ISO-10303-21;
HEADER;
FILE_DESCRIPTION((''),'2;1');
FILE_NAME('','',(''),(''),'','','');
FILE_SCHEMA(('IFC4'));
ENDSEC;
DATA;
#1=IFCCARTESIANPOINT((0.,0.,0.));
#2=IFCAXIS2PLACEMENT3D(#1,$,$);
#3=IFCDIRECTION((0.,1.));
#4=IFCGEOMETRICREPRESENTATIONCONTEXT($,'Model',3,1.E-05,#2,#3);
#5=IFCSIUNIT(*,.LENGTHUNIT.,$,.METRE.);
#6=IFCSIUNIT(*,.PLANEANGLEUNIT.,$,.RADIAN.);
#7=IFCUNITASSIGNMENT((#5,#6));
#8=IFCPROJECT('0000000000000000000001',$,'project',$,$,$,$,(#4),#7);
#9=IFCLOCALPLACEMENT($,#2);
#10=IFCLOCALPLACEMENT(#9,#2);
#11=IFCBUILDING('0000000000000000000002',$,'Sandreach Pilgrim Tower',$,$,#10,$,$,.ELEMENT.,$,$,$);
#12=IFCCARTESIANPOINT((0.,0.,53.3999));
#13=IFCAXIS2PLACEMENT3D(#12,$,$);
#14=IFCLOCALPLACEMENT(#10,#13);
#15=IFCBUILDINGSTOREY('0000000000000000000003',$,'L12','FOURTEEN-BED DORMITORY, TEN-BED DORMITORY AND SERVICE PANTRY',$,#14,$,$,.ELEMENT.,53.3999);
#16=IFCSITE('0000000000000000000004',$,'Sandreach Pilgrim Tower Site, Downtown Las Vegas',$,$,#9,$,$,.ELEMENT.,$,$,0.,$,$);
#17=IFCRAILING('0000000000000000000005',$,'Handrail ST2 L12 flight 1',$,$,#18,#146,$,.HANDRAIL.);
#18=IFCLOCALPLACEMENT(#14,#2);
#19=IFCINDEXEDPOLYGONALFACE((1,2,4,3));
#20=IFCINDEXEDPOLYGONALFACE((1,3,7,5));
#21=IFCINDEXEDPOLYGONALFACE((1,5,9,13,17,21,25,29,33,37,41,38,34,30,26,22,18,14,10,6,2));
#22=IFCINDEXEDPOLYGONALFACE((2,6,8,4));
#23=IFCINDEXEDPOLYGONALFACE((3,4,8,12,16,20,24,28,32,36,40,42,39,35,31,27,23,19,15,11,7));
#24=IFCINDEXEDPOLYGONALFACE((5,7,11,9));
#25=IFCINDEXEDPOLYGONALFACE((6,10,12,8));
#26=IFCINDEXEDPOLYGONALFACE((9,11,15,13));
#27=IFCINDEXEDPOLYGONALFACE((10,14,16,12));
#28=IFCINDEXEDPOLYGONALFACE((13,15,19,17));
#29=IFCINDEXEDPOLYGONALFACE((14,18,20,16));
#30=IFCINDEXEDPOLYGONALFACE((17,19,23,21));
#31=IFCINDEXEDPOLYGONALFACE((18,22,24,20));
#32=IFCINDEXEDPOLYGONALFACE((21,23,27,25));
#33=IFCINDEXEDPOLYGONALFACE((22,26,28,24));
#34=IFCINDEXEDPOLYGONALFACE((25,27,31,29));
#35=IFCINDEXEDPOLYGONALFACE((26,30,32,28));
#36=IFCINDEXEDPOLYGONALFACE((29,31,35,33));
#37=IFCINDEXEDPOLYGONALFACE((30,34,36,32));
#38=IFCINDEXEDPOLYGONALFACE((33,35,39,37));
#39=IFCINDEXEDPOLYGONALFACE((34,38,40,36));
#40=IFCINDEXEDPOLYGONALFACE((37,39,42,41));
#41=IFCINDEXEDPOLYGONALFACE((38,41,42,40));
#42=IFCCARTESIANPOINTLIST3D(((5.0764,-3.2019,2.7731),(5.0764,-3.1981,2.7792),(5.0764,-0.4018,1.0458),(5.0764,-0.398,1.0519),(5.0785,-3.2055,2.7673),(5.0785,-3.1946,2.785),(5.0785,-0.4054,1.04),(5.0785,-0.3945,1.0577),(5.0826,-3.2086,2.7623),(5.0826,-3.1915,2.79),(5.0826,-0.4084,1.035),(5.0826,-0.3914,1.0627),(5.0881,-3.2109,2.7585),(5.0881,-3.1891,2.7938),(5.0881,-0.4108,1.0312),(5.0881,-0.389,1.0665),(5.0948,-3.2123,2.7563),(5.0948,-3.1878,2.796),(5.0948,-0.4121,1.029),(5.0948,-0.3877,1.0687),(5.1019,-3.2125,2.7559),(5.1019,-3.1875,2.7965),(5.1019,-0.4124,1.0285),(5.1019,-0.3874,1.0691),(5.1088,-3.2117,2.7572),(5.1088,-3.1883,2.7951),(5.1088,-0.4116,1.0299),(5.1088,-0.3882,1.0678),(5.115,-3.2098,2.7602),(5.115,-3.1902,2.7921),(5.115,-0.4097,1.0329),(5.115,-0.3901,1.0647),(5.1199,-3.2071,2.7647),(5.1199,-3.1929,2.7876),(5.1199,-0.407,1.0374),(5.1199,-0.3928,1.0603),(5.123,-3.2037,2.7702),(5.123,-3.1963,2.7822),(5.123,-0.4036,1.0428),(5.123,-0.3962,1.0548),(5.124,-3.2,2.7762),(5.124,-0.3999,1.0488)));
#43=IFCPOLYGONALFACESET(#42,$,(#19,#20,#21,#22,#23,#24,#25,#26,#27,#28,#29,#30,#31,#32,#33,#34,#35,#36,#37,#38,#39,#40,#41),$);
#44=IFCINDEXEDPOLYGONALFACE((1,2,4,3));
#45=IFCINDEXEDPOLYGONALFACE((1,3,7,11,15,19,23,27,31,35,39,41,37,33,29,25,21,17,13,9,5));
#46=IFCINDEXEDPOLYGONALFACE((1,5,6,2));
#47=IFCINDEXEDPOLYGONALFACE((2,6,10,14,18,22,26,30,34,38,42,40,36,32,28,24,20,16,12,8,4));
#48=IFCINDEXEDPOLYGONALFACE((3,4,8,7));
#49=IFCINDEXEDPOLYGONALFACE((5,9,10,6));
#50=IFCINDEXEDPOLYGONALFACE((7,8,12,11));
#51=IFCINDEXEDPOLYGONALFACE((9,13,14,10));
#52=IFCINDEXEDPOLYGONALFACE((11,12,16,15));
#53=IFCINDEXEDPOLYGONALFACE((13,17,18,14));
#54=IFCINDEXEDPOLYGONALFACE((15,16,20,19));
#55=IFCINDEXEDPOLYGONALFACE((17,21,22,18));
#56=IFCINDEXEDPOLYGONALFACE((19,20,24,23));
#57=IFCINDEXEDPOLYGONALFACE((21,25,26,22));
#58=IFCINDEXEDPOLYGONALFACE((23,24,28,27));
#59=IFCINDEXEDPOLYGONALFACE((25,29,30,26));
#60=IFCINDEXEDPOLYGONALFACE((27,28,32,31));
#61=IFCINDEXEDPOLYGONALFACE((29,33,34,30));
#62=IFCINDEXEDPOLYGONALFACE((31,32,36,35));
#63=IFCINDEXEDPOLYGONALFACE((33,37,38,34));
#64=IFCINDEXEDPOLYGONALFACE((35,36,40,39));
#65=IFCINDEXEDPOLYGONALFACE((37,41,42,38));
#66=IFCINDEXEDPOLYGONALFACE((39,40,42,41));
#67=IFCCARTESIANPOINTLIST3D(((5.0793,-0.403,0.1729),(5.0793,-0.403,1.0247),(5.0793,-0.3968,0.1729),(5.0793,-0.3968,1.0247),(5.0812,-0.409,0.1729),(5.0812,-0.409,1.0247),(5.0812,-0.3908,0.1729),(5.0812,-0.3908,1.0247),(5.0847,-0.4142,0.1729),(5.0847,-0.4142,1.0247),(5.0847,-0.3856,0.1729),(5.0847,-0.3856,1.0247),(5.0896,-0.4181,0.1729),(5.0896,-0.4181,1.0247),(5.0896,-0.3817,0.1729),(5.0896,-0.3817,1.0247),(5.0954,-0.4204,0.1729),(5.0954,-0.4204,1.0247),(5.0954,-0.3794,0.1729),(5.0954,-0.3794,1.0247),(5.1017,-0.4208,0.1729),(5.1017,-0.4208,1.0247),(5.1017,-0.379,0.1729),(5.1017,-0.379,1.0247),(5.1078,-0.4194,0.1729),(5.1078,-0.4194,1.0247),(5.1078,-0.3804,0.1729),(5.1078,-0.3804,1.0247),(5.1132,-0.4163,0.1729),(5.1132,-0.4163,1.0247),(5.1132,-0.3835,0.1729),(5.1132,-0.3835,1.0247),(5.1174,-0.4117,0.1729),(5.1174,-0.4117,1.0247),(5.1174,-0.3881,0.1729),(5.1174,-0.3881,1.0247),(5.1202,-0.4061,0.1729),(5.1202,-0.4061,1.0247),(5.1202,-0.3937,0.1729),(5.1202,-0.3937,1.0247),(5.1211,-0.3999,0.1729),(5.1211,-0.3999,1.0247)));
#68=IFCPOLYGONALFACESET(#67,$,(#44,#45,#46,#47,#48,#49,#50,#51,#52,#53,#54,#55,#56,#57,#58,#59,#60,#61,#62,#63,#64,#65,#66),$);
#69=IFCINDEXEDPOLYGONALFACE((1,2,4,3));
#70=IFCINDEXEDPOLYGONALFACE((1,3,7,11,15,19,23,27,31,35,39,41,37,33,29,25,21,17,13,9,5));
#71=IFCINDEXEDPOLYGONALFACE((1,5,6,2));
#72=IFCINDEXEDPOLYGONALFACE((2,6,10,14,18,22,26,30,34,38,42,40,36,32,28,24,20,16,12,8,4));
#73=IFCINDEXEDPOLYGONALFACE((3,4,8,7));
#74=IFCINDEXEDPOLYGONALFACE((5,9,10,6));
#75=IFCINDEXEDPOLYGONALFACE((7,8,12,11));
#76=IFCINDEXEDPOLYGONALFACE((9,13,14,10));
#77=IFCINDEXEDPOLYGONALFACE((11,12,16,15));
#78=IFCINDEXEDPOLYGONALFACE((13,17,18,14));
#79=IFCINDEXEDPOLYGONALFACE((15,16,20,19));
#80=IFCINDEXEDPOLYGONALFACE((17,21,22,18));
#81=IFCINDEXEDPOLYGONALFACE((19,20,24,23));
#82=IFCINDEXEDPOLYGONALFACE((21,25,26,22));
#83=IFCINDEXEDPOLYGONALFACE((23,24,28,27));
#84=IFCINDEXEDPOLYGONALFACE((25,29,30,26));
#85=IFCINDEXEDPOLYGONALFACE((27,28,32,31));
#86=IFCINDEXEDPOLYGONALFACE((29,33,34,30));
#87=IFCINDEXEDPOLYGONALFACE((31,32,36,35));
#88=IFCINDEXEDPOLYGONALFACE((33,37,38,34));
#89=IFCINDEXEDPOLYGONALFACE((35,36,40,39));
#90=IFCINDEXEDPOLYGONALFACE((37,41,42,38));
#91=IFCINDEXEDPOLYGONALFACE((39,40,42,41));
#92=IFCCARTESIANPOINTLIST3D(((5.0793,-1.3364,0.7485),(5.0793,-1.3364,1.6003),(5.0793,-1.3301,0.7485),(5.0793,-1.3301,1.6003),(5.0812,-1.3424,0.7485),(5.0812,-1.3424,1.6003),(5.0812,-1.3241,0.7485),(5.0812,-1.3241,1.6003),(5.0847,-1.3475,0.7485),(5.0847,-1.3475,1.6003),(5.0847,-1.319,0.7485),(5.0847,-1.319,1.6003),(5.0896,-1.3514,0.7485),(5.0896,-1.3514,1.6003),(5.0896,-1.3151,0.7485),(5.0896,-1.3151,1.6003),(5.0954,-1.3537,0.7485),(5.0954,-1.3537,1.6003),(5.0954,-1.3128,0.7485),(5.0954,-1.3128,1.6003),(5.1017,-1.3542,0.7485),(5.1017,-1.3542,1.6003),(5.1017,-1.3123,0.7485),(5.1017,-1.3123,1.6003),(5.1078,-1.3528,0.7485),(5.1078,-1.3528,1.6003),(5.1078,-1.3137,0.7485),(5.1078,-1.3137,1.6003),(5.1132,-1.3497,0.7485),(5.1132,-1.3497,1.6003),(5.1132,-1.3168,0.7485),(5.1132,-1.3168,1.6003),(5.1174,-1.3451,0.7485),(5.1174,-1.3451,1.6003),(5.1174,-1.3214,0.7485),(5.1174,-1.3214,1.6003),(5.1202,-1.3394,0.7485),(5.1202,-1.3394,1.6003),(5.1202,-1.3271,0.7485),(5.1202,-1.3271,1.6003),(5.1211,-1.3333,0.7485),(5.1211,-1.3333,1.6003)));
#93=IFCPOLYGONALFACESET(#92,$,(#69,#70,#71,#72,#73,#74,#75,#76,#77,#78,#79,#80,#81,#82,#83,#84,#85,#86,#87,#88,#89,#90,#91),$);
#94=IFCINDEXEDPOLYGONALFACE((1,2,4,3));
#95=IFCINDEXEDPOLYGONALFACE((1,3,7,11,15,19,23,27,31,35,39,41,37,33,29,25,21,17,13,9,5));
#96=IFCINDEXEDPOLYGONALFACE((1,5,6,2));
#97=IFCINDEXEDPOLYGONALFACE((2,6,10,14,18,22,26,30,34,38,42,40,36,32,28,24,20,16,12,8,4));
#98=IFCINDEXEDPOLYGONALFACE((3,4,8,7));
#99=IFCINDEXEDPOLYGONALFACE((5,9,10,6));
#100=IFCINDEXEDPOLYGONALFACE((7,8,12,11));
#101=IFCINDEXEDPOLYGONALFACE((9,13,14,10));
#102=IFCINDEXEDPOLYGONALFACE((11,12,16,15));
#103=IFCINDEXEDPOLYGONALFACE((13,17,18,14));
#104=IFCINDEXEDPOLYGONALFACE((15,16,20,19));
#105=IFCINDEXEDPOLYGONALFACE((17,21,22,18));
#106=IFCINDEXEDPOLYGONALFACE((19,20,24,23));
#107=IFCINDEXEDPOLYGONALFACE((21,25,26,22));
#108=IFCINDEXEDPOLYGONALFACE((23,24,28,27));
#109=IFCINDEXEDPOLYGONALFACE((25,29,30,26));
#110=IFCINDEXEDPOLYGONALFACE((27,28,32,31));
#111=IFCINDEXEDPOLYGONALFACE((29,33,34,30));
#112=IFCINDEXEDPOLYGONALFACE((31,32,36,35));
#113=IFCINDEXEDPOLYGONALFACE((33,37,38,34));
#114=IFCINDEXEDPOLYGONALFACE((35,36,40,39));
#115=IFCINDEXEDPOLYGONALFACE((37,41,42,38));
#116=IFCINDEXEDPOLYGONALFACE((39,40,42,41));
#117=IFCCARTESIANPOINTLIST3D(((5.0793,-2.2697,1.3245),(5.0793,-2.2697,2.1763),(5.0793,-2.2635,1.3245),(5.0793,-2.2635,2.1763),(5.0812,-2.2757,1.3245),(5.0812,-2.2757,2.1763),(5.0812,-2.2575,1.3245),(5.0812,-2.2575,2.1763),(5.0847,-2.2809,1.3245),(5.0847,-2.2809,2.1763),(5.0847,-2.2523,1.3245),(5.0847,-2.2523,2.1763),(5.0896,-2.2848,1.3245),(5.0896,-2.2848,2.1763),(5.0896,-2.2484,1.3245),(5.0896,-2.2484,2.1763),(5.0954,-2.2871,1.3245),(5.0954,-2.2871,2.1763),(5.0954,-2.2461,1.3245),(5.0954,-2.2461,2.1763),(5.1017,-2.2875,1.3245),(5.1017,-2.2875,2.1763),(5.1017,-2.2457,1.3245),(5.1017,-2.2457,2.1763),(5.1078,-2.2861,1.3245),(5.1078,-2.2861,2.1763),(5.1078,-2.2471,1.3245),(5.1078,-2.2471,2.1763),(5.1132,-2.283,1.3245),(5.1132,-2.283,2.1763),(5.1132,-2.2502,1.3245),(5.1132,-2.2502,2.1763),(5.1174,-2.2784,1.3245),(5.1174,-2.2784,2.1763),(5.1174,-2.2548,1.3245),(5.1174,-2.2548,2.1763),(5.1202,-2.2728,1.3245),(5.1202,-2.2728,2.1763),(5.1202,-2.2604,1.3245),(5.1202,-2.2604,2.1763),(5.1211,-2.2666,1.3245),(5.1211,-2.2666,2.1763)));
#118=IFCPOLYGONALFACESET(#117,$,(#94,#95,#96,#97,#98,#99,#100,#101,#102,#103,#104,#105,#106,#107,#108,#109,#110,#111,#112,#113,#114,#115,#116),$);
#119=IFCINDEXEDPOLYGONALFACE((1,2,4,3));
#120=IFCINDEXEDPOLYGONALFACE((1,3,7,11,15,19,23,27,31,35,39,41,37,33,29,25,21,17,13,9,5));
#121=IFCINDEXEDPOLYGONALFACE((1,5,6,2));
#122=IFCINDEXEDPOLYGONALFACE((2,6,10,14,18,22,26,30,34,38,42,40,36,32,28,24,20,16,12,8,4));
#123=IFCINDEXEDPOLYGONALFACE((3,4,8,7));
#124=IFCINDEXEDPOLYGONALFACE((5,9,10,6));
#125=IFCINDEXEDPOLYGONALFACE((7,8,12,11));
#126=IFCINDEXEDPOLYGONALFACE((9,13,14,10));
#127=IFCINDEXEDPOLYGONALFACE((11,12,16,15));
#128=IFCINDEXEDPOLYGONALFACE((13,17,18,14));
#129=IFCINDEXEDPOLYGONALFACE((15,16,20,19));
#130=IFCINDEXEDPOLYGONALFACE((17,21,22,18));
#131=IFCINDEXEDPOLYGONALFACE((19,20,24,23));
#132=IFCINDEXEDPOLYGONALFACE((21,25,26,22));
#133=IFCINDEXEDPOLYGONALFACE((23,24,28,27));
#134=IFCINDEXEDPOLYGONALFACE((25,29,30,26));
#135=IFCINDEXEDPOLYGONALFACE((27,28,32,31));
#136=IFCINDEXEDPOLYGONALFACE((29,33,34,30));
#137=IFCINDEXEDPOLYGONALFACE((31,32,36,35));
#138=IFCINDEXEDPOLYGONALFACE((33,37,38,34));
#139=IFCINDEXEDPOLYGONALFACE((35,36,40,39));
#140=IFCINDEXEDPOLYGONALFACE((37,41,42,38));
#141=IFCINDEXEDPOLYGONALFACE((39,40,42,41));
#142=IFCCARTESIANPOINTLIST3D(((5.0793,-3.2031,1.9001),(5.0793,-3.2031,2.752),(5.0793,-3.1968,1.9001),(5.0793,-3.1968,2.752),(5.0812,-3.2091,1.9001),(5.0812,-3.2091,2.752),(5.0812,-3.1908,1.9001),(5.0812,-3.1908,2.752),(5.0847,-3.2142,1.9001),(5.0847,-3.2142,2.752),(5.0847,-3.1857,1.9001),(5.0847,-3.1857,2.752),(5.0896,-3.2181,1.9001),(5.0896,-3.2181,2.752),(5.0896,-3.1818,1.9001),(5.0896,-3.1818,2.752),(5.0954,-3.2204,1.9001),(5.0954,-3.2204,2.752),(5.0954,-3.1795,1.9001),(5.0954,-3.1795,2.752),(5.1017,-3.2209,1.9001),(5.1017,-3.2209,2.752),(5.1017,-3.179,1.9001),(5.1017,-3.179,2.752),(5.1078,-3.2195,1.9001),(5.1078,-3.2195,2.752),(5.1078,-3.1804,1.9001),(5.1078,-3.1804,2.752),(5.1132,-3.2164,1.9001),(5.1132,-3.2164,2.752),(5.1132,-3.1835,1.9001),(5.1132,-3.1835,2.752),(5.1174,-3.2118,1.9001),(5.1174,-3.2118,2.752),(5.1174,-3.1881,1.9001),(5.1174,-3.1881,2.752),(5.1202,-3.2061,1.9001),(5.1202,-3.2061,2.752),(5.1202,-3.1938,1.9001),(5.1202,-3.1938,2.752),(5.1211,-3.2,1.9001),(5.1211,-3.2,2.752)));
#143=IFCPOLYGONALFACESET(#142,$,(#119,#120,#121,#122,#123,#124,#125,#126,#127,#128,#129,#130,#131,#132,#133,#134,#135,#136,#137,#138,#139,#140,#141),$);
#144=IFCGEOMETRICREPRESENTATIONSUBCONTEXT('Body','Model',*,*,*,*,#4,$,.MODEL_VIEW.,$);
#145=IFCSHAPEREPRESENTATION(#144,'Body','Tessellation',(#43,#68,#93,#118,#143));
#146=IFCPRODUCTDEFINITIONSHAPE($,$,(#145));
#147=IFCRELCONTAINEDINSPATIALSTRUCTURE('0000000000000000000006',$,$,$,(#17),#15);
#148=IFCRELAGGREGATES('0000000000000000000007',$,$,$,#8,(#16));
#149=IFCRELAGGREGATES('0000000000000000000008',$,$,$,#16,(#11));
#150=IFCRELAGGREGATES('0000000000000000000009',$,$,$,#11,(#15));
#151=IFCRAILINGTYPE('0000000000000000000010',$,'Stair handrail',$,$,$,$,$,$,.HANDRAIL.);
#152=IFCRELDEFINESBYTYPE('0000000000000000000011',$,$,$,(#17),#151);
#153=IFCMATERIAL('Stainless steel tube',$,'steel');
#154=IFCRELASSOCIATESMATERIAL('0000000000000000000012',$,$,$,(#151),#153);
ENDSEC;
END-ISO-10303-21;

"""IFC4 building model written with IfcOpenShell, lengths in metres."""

from ifc_helpers import new_model, si_unit, direction, frame, origin, origin_2d, place, context, subcontext, project, spatial, circle, extrude, material, type_object, element, save


model = new_model("IFC4")

# Units and contexts
model_context = context("Model", 3, precision=1e-05, world=origin(), true_north=direction((0.0, 1.0)))
body_context = subcontext(model_context, "Body", "Model", "MODEL_VIEW")
ifc_project = project(units=[si_unit("LENGTHUNIT", "METRE"), si_unit("PLANEANGLEUNIT", "RADIAN")], contexts=[model_context])

# Site, building, storey
site_placement = place(None, origin())
site = spatial("IfcSite", under=ifc_project, at=site_placement, Name="Sandreach Pilgrim Tower Site, Downtown Las Vegas", CompositionType="ELEMENT", RefElevation=0.0)
building_placement = place(site_placement, origin())
building = spatial("IfcBuilding", under=site, at=building_placement, Name="Sandreach Pilgrim Tower", CompositionType="ELEMENT")
storey_placement = place(building_placement, frame((0.0, 0.0, 53.3999)))
storey = spatial("IfcBuildingStorey", under=building, at=storey_placement, Name="L12", Description="FOURTEEN-BED DORMITORY, TEN-BED DORMITORY AND SERVICE PANTRY", CompositionType="ELEMENT", Elevation=53.3999)

# Railing
ifc_material_1 = material(Name="Stainless steel tube", Category="steel")
railing_type = type_object("IfcRailingType", Name="Stair handrail", PredefinedType="HANDRAIL", material=ifc_material_1)
railing_placement = place(storey_placement, frame((5.1001, -0.3999, 0.1729)))
element("IfcRailing", 1, at=railing_placement, inside=storey, type_object=railing_type, Name="Handrail ST2 L12 flight 1", PredefinedType="HANDRAIL", context=body_context, shape_type="SweptSolid", body=[
    extrude(circle(Radius=0.0239, at=origin_2d()), frame((0.0, 0.0, 0.876), z_axis=(0.0, -0.85109, 0.52502), x_axis=(1.0, 0.0, 0.0)), (0.0, 0.0, 1.0), 3.29),
    extrude(circle(Radius=0.021, at=origin_2d()), origin(), (0.0, 0.0, 1.0), 0.8518),
    extrude(circle(Radius=0.021, at=origin_2d()), frame((0.0, -0.9333, 0.5757)), (0.0, 0.0, 1.0), 0.8518),
    extrude(circle(Radius=0.021, at=origin_2d()), frame((0.0, -1.8667, 1.1516)), (0.0, 0.0, 1.0), 0.8518),
    extrude(circle(Radius=0.021, at=origin_2d()), frame((0.0, -2.8, 1.7273)), (0.0, 0.0, 1.0), 0.8518),
])

save(model, "model.ifc")
